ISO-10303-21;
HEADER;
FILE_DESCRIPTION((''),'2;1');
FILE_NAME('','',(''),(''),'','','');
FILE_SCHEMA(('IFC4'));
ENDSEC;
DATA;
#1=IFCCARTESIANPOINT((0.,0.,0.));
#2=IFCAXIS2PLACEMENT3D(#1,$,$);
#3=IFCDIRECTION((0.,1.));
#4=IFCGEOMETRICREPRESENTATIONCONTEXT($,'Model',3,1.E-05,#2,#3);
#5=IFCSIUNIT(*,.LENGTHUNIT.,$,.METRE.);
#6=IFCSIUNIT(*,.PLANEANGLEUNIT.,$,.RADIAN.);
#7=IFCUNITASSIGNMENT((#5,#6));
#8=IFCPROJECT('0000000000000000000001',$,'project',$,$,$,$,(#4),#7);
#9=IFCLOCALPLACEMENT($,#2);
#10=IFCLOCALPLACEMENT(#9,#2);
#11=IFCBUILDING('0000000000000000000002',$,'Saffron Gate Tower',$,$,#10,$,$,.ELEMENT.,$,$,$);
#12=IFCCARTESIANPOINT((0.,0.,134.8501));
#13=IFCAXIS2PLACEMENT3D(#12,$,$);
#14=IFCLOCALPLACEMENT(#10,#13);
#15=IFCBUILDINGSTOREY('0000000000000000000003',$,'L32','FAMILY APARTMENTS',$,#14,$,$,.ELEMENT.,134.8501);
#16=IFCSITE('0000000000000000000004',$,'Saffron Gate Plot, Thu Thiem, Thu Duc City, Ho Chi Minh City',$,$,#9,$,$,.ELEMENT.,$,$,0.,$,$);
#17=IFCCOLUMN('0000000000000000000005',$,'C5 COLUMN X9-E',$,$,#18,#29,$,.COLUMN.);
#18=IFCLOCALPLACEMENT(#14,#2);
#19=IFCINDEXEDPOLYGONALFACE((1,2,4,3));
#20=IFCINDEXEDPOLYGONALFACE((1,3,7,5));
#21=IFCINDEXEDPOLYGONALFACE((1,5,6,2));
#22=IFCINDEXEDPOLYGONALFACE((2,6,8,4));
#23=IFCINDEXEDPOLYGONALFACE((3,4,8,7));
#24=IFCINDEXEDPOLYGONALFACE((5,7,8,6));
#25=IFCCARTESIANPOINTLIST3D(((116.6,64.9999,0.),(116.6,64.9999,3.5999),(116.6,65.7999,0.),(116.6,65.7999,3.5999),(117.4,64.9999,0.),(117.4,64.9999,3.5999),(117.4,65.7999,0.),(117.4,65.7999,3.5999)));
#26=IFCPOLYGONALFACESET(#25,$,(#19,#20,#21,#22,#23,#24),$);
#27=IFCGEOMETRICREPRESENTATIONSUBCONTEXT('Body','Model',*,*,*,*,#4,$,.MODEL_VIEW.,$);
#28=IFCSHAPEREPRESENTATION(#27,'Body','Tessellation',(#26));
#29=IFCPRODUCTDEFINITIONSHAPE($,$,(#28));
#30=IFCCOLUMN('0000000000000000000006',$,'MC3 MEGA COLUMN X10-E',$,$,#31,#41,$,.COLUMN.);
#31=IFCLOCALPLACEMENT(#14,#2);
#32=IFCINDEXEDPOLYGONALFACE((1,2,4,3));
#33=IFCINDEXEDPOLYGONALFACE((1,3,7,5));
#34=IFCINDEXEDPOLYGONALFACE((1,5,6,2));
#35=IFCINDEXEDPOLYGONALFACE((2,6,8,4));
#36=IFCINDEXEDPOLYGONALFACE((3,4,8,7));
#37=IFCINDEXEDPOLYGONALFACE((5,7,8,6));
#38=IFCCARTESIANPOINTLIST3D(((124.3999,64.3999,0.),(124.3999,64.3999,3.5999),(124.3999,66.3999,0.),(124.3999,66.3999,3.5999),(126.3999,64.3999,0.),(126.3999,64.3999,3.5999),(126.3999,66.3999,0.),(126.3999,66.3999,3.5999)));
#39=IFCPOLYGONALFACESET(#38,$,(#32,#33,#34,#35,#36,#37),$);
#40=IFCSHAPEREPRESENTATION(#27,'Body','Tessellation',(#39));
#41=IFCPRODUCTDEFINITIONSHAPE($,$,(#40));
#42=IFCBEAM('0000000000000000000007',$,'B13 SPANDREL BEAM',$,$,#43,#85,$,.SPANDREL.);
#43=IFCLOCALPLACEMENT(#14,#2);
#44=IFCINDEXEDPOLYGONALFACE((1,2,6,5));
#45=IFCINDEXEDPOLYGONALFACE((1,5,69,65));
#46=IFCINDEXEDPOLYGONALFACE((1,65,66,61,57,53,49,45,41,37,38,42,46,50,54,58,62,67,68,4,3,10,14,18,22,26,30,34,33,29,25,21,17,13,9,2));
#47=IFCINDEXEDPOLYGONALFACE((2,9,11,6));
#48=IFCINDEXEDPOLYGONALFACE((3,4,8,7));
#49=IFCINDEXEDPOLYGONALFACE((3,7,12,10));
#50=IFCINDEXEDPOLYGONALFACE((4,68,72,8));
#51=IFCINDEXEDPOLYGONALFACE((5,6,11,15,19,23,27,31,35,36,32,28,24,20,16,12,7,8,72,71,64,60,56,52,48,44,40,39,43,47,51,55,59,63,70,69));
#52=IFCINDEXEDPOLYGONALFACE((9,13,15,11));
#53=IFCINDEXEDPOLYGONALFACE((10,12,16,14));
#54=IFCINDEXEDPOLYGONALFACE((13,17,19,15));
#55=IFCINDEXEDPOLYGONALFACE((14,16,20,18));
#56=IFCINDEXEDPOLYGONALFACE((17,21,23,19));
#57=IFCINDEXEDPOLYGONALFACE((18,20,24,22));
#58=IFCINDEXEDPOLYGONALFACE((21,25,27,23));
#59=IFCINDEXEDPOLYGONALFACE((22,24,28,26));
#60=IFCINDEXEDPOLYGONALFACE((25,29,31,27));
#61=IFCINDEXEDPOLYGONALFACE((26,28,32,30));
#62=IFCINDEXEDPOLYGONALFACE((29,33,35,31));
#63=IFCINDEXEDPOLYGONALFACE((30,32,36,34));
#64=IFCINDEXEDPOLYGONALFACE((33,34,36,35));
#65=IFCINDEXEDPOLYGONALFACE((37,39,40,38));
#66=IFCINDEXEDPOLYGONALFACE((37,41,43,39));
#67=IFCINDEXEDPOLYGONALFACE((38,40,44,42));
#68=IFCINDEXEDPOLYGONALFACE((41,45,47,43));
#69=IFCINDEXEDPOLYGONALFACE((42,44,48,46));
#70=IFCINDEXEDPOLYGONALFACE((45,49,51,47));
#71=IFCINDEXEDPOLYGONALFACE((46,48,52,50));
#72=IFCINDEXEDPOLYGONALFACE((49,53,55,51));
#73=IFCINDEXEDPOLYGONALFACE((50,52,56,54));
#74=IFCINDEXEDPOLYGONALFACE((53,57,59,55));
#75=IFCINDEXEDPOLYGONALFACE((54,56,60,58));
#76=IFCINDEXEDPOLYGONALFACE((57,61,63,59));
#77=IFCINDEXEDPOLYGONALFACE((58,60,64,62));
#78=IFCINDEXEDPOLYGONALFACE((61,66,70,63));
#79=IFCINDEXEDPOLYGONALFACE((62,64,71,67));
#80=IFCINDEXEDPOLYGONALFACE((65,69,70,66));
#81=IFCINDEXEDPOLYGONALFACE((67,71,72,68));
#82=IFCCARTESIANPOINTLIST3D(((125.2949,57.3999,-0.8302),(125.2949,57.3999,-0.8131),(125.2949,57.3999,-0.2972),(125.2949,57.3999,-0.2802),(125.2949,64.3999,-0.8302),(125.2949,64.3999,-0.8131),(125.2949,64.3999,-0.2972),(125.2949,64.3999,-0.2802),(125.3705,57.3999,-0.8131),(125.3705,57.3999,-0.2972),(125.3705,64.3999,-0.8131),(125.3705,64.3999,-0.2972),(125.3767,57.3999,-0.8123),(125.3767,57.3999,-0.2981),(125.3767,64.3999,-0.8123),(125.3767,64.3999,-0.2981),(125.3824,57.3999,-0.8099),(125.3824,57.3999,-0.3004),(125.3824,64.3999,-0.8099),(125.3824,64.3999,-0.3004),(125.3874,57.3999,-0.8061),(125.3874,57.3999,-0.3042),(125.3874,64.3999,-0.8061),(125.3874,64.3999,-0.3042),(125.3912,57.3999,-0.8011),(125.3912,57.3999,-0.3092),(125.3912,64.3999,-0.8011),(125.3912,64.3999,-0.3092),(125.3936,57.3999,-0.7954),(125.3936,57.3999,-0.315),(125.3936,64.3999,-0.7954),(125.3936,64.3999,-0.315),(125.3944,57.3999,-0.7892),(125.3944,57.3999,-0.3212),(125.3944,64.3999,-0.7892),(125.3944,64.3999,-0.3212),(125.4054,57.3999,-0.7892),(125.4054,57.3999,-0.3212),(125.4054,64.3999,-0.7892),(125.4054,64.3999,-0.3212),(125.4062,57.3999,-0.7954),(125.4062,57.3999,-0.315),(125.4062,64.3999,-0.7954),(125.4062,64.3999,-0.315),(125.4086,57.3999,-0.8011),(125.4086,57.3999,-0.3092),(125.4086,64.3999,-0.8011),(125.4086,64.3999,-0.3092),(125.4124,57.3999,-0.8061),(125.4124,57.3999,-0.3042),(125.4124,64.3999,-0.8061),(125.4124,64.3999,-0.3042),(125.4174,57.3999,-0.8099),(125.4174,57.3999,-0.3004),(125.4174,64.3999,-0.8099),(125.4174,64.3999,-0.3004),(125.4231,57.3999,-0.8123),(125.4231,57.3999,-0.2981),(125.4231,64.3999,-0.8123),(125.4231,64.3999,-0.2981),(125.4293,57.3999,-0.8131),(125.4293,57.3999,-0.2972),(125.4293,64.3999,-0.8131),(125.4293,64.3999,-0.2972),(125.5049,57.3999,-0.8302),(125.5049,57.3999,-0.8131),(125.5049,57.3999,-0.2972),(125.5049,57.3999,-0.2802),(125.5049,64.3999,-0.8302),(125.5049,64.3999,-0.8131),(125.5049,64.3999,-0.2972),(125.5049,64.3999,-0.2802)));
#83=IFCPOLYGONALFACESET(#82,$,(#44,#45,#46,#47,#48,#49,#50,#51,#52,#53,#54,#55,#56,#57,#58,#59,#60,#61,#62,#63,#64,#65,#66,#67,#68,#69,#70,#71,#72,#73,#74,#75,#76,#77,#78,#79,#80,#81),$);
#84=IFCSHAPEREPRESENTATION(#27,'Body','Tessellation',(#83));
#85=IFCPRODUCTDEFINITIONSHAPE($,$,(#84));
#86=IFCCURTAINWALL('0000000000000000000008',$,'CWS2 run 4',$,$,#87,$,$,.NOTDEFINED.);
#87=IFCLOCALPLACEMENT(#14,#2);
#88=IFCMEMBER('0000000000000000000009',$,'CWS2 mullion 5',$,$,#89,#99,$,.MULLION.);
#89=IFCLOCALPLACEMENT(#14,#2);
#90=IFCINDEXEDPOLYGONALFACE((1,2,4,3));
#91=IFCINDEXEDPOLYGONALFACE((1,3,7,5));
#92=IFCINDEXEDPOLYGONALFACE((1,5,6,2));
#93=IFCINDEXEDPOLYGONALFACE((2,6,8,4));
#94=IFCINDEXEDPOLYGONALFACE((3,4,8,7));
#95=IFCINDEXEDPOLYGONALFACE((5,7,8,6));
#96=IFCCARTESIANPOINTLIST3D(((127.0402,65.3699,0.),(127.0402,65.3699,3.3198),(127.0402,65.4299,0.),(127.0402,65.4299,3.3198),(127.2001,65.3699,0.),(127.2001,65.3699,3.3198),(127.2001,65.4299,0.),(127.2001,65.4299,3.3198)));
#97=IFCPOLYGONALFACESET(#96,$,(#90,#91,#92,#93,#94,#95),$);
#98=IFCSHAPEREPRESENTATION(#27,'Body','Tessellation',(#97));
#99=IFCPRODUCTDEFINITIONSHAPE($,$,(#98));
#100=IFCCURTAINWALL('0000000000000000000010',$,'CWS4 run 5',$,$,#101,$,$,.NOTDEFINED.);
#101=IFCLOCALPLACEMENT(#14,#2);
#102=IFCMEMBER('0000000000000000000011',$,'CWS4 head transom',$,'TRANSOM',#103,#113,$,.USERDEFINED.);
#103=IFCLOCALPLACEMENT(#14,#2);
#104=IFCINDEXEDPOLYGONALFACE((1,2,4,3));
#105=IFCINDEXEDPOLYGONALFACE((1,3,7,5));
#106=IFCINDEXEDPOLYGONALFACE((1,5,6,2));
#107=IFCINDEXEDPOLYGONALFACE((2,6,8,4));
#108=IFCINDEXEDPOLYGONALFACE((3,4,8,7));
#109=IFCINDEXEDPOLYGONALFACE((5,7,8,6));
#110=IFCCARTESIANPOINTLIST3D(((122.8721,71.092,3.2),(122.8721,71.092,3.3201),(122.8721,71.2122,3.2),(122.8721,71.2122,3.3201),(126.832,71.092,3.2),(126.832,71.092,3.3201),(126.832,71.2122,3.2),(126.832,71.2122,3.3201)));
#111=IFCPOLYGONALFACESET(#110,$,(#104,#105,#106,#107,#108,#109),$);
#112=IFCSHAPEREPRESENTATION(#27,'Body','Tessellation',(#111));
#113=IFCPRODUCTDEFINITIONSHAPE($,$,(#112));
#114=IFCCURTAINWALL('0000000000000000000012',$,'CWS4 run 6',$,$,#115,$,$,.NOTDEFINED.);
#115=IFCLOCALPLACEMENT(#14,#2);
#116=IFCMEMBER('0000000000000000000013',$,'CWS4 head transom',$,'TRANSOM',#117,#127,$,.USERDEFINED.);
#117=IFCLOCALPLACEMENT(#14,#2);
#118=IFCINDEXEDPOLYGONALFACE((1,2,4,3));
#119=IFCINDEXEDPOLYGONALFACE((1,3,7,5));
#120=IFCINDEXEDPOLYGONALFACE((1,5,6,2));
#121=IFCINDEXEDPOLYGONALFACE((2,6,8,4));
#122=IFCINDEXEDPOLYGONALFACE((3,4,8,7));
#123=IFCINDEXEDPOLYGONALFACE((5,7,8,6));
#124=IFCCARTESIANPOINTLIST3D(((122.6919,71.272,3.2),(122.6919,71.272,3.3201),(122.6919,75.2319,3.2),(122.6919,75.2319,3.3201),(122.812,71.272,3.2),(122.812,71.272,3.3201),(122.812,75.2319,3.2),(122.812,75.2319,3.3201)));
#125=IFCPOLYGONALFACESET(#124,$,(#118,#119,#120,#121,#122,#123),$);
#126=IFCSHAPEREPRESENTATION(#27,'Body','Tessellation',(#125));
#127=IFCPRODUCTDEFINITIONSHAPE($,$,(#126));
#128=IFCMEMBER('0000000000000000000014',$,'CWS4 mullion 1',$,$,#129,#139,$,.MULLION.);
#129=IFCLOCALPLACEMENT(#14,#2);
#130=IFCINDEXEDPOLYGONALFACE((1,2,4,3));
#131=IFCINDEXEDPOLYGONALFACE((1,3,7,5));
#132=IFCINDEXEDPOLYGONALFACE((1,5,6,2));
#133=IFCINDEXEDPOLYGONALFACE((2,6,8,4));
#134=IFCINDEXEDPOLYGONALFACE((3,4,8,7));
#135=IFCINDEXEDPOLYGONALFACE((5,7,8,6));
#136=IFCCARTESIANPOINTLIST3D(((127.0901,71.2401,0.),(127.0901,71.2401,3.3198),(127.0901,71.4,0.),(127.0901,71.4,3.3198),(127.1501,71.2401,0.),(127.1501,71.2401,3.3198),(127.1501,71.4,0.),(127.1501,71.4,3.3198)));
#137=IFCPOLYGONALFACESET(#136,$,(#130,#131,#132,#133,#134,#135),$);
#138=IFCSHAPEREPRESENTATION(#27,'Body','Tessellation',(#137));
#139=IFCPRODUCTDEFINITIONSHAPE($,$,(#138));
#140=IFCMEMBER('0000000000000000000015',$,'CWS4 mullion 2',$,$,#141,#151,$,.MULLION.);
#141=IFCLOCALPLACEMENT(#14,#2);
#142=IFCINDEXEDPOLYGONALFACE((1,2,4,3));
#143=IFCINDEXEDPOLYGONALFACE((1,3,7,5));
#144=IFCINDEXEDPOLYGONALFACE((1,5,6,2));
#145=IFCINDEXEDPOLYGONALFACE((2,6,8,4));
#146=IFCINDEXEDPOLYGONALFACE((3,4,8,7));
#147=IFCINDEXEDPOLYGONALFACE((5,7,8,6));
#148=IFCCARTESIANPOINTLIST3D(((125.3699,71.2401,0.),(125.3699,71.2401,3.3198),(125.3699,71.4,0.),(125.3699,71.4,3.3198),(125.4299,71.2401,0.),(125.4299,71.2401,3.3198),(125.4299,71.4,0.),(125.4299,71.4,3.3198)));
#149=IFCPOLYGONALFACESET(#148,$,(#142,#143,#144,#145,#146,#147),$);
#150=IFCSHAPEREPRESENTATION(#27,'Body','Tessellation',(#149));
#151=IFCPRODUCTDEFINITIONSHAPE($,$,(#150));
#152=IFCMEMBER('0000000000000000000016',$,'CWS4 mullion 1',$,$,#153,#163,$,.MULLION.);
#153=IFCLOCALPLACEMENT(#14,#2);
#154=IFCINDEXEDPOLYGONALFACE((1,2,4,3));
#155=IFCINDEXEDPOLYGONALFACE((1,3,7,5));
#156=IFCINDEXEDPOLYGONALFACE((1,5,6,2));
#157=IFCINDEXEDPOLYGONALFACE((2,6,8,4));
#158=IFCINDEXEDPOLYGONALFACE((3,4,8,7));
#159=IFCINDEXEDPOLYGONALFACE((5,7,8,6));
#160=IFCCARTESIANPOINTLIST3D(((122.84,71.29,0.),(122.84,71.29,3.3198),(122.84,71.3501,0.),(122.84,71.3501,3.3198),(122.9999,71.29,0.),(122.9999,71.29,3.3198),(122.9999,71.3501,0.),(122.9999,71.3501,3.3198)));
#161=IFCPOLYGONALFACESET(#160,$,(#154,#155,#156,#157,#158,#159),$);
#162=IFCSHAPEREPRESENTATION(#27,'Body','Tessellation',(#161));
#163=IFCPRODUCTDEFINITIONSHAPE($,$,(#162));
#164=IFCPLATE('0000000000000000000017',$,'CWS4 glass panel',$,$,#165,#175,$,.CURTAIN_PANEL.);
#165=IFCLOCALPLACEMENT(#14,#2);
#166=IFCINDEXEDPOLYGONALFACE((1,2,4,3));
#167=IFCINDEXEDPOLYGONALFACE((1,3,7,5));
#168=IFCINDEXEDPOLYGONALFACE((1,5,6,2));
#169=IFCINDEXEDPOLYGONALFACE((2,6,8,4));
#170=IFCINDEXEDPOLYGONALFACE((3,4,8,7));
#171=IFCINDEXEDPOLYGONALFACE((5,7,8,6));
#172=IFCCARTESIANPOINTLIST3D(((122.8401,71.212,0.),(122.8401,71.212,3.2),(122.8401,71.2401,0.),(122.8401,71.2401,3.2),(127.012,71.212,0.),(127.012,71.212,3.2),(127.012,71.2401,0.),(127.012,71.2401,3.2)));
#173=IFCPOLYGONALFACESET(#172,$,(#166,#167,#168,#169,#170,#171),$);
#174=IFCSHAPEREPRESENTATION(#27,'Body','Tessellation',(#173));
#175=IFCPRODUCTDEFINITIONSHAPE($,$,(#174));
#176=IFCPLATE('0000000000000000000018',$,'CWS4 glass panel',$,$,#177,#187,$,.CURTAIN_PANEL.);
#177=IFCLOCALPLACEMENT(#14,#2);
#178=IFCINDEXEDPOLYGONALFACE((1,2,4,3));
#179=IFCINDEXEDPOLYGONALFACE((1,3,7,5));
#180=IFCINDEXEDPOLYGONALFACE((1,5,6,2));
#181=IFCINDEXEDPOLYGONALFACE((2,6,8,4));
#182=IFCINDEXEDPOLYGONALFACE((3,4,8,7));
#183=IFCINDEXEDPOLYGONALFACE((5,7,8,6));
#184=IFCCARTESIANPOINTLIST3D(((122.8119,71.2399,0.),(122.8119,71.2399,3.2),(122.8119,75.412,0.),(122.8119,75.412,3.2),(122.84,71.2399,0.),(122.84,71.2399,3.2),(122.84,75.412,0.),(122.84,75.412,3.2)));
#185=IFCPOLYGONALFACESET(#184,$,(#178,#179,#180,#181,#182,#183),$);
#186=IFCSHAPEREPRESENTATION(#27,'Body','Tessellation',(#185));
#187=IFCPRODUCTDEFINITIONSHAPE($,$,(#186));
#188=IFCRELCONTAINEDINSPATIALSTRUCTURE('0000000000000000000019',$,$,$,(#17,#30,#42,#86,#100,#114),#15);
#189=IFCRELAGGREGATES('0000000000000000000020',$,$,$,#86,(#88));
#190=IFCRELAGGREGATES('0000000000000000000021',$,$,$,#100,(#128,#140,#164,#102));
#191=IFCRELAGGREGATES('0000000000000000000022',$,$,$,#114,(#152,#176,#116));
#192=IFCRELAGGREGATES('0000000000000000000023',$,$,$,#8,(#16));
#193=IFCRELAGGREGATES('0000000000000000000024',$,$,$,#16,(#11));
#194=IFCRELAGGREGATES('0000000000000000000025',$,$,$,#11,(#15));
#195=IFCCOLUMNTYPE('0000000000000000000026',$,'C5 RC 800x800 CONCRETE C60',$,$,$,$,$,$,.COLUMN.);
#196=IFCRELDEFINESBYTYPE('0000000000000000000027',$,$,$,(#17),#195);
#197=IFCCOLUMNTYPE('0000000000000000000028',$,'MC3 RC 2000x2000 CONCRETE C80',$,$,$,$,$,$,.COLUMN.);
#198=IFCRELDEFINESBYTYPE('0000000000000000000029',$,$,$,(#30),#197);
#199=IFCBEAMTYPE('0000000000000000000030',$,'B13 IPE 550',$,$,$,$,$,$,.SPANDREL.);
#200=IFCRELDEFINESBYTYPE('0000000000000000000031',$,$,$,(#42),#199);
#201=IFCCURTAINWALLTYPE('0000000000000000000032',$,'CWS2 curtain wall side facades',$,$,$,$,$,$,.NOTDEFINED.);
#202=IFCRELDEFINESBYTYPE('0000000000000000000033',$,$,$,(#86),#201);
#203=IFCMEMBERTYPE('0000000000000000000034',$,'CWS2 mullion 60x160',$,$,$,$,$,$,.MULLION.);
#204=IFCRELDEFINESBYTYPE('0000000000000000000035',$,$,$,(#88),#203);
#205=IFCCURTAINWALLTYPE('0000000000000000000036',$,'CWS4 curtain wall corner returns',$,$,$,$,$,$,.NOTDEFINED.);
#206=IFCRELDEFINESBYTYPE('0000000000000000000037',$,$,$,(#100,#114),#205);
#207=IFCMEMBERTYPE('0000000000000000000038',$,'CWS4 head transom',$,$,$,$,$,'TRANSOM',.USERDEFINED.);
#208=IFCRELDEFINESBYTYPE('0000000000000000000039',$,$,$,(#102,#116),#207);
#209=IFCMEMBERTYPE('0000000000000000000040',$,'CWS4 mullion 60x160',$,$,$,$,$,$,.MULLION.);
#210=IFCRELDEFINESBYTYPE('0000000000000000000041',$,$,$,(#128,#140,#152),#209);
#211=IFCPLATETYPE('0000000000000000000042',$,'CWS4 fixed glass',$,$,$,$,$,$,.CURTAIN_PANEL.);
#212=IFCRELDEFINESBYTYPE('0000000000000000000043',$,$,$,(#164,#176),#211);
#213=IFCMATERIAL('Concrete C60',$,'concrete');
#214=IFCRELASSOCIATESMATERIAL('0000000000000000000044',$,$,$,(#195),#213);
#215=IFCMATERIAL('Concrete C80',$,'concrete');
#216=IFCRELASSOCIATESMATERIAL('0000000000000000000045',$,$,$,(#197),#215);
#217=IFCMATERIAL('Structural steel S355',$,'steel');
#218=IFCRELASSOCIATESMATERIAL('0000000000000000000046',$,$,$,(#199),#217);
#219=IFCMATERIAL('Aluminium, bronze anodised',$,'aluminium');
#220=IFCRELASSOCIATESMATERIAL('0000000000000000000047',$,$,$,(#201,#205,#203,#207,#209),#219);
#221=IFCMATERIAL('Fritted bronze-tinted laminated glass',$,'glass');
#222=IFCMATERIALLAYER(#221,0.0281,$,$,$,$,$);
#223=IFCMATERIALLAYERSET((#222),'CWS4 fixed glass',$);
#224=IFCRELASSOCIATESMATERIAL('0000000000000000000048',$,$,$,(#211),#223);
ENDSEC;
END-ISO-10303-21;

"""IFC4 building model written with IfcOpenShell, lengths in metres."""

from ifc_helpers import new_model, si_unit, direction, frame, frame_2d, origin, origin_2d, place, context, subcontext, project, spatial, rectangle, i_section, extrude, material, layer, layer_set, material_profile, profile_set, type_object, element, aggregate, save


model = new_model("IFC4")

# Units and contexts
model_context = context("Model", 3, precision=1e-05, world=origin(), true_north=direction((0.0, 1.0)))
body_context = subcontext(model_context, "Body", "Model", "MODEL_VIEW")
ifc_project = project(units=[si_unit("LENGTHUNIT", "METRE"), si_unit("PLANEANGLEUNIT", "RADIAN")], contexts=[model_context])

# Site, building, storey
site_placement = place(None, origin())
site = spatial("IfcSite", under=ifc_project, at=site_placement, Name="Saffron Gate Plot, Thu Thiem, Thu Duc City, Ho Chi Minh City", CompositionType="ELEMENT", RefElevation=0.0)
building_placement = place(site_placement, origin())
building = spatial("IfcBuilding", under=site, at=building_placement, Name="Saffron Gate Tower", CompositionType="ELEMENT")
storey_placement = place(building_placement, frame((0.0, 0.0, 134.8501)))
storey = spatial("IfcBuildingStorey", under=building, at=storey_placement, Name="L32", Description="FAMILY APARTMENTS", CompositionType="ELEMENT", Elevation=134.8501)

# Columns
ifc_material_1 = material(Name="Concrete C60", Category="concrete")
ifc_material_profile_1 = material_profile(ifc_material_1, rectangle(XDim=0.8, YDim=0.8, at=origin_2d()))
ifc_profile_set_1 = profile_set([ifc_material_profile_1], Name="Concrete C60")
column_type_1 = type_object("IfcColumnType", Name="C5 RC 800x800 CONCRETE C60", PredefinedType="COLUMN", material=ifc_profile_set_1)
column_1_placement = place(storey_placement, frame((117.0, 65.3999, 0.0), z_axis=(0.0, 0.0, 1.0), x_axis=(1.0, 0.0, 0.0)))
element("IfcColumn", 1, at=column_1_placement, inside=storey, type_object=column_type_1, Name="C5 COLUMN X9-E", PredefinedType="COLUMN", context=body_context, shape_type="SweptSolid", body=[
    extrude(rectangle(XDim=0.8, YDim=0.8, at=origin_2d()), origin(), (0.0, 0.0, 1.0), 3.5999),
])
ifc_material_2 = material(Name="Concrete C80", Category="concrete")
ifc_material_profile_2 = material_profile(ifc_material_2, rectangle(XDim=2.0, YDim=2.0, at=origin_2d()))
ifc_profile_set_2 = profile_set([ifc_material_profile_2], Name="Concrete C80")
column_type_2 = type_object("IfcColumnType", Name="MC3 RC 2000x2000 CONCRETE C80", PredefinedType="COLUMN", material=ifc_profile_set_2)
column_2_placement = place(storey_placement, frame((125.3999, 65.3999, 0.0), z_axis=(0.0, 0.0, 1.0), x_axis=(1.0, 0.0, 0.0)))
element("IfcColumn", 2, at=column_2_placement, inside=storey, type_object=column_type_2, Name="MC3 MEGA COLUMN X10-E", PredefinedType="COLUMN", context=body_context, shape_type="SweptSolid", body=[
    extrude(rectangle(XDim=2.0, YDim=2.0, at=origin_2d()), origin(), (0.0, 0.0, 1.0), 3.5999),
])

# Beam
ifc_material_3 = material(Name="Structural steel S355", Category="steel")
ifc_material_profile_3 = material_profile(ifc_material_3, i_section(OverallWidth=0.21, OverallDepth=0.55, WebThickness=0.011, FlangeThickness=0.0171, FilletRadius=0.0239, at=origin_2d()))
ifc_profile_set_3 = profile_set([ifc_material_profile_3], Name="Structural steel S355")
beam_type = type_object("IfcBeamType", Name="B13 IPE 550", PredefinedType="SPANDREL", material=ifc_profile_set_3)
beam_placement = place(storey_placement, frame((125.3999, 57.3999, -0.5552), z_axis=(0.0, 1.0, 0.0), x_axis=(-1.0, 0.0, 0.0)))
element("IfcBeam", 3, at=beam_placement, inside=storey, type_object=beam_type, Name="B13 SPANDREL BEAM", PredefinedType="SPANDREL", context=body_context, shape_type="SweptSolid", body=[
    extrude(i_section(OverallWidth=0.21, OverallDepth=0.55, WebThickness=0.011, FlangeThickness=0.0171, FilletRadius=0.0239, at=origin_2d()), origin(), (0.0, 0.0, 1.0), 7.0),
])

# Curtain walls, members
ifc_material_4 = material(Name="Aluminium, bronze anodised", Category="aluminium")
curtain_wall_type_1 = type_object("IfcCurtainWallType", Name="CWS2 curtain wall side facades", PredefinedType="NOTDEFINED", material=ifc_material_4)
curtain_wall_1_placement = place(storey_placement, origin())
curtain_wall_1 = element("IfcCurtainWall", 4, at=curtain_wall_1_placement, inside=storey, type_object=curtain_wall_type_1, Name="CWS2 run 4", PredefinedType="NOTDEFINED")
ifc_material_profile_4 = material_profile(ifc_material_4, rectangle(XDim=0.1599, YDim=0.0601, at=origin_2d()))
ifc_profile_set_4 = profile_set([ifc_material_profile_4], Name="Aluminium, bronze anodised")
member_type_1 = type_object("IfcMemberType", Name="CWS2 mullion 60x160", PredefinedType="MULLION", material=ifc_profile_set_4)
member_1_placement = place(storey_placement, frame((127.1201, 65.3999, 0.0), z_axis=(0.0, 0.0, 1.0), x_axis=(-1.0, 0.0, 0.0)))
member_1 = element("IfcMember", 5, at=member_1_placement, type_object=member_type_1, Name="CWS2 mullion 5", PredefinedType="MULLION", context=body_context, shape_type="SweptSolid", body=[
    extrude(rectangle(XDim=0.1599, YDim=0.0601, at=origin_2d()), origin(), (0.0, 0.0, 1.0), 3.3198),
])
aggregate(curtain_wall_1, [member_1])
curtain_wall_type_2 = type_object("IfcCurtainWallType", Name="CWS4 curtain wall corner returns", PredefinedType="NOTDEFINED", material=ifc_material_4)
curtain_wall_2_placement = place(storey_placement, origin())
curtain_wall_2 = element("IfcCurtainWall", 6, at=curtain_wall_2_placement, inside=storey, type_object=curtain_wall_type_2, Name="CWS4 run 5", PredefinedType="NOTDEFINED")
ifc_material_profile_5 = material_profile(ifc_material_4, rectangle(XDim=0.1201, YDim=0.1201, at=origin_2d()))
ifc_profile_set_5 = profile_set([ifc_material_profile_5], Name="Aluminium, bronze anodised")
member_type_2 = type_object("IfcMemberType", Name="CWS4 head transom", ElementType="TRANSOM", PredefinedType="USERDEFINED", material=ifc_profile_set_5)
member_2_placement = place(storey_placement, frame((126.832, 71.1521, 3.26), z_axis=(-1.0, 0.0, 0.0), x_axis=(0.0, -1.0, 0.0)))
member_2 = element("IfcMember", 7, at=member_2_placement, type_object=member_type_2, Name="CWS4 head transom", ObjectType="TRANSOM", PredefinedType="USERDEFINED", context=body_context, shape_type="SweptSolid", body=[
    extrude(rectangle(XDim=0.1201, YDim=0.1201, at=origin_2d()), origin(), (0.0, 0.0, 1.0), 3.96),
])
curtain_wall_3_placement = place(storey_placement, origin())
curtain_wall_3 = element("IfcCurtainWall", 8, at=curtain_wall_3_placement, inside=storey, type_object=curtain_wall_type_2, Name="CWS4 run 6", PredefinedType="NOTDEFINED")
member_3_placement = place(storey_placement, frame((122.752, 71.272, 3.26), z_axis=(0.0, 1.0, 0.0), x_axis=(-1.0, 0.0, 0.0)))
member_3 = element("IfcMember", 9, at=member_3_placement, type_object=member_type_2, Name="CWS4 head transom", ObjectType="TRANSOM", PredefinedType="USERDEFINED", context=body_context, shape_type="SweptSolid", body=[
    extrude(rectangle(XDim=0.1201, YDim=0.1201, at=origin_2d()), origin(), (0.0, 0.0, 1.0), 3.96),
])

# Members
ifc_material_profile_6 = material_profile(ifc_material_4, rectangle(XDim=0.1599, YDim=0.0601, at=origin_2d()))
ifc_profile_set_6 = profile_set([ifc_material_profile_6], Name="Aluminium, bronze anodised")
member_type_3 = type_object("IfcMemberType", Name="CWS4 mullion 60x160", PredefinedType="MULLION", material=ifc_profile_set_6)
member_4_placement = place(storey_placement, frame((127.1201, 71.3201, 0.0), z_axis=(0.0, 0.0, 1.0), x_axis=(0.0, -1.0, 0.0)))
member_4 = element("IfcMember", 10, at=member_4_placement, type_object=member_type_3, Name="CWS4 mullion 1", PredefinedType="MULLION", context=body_context, shape_type="SweptSolid", body=[
    extrude(rectangle(XDim=0.1599, YDim=0.0601, at=origin_2d()), origin(), (0.0, 0.0, 1.0), 3.3198),
])
member_5_placement = place(storey_placement, frame((125.3999, 71.3201, 0.0), z_axis=(0.0, 0.0, 1.0), x_axis=(0.0, -1.0, 0.0)))
member_5 = element("IfcMember", 11, at=member_5_placement, type_object=member_type_3, Name="CWS4 mullion 2", PredefinedType="MULLION", context=body_context, shape_type="SweptSolid", body=[
    extrude(rectangle(XDim=0.1599, YDim=0.0601, at=origin_2d()), origin(), (0.0, 0.0, 1.0), 3.3198),
])
member_6_placement = place(storey_placement, frame((122.9199, 71.3201, 0.0), z_axis=(0.0, 0.0, 1.0), x_axis=(-1.0, 0.0, 0.0)))
member_6 = element("IfcMember", 12, at=member_6_placement, type_object=member_type_3, Name="CWS4 mullion 1", PredefinedType="MULLION", context=body_context, shape_type="SweptSolid", body=[
    extrude(rectangle(XDim=0.1599, YDim=0.0601, at=origin_2d()), origin(), (0.0, 0.0, 1.0), 3.3198),
])

# Plates
ifc_material_5 = material(Name="Fritted bronze-tinted laminated glass", Category="glass")
ifc_layer_1 = layer(ifc_material_5, 0.0281)
ifc_layer_set_1 = layer_set([ifc_layer_1], Name="CWS4 fixed glass")
plate_type = type_object("IfcPlateType", Name="CWS4 fixed glass", PredefinedType="CURTAIN_PANEL", material=ifc_layer_set_1)
plate_1_placement = place(storey_placement, frame((127.012, 71.2261, 0.0), z_axis=(0.0, 0.0, 1.0), x_axis=(-1.0, 0.0, 0.0)))
plate_1 = element("IfcPlate", 13, at=plate_1_placement, type_object=plate_type, Name="CWS4 glass panel", PredefinedType="CURTAIN_PANEL", context=body_context, shape_type="SweptSolid", body=[
    extrude(rectangle(XDim=4.1719, YDim=0.0281, at=frame_2d((2.0859, 0.0))), origin(), (0.0, 0.0, 1.0), 3.2),
])
aggregate(curtain_wall_2, [member_4, member_5, plate_1, member_2])
plate_2_placement = place(storey_placement, frame((122.8259, 71.24, 0.0), z_axis=(0.0, 0.0, 1.0), x_axis=(0.0, 1.0, 0.0)))
plate_2 = element("IfcPlate", 14, at=plate_2_placement, type_object=plate_type, Name="CWS4 glass panel", PredefinedType="CURTAIN_PANEL", context=body_context, shape_type="SweptSolid", body=[
    extrude(rectangle(XDim=4.1721, YDim=0.0281, at=frame_2d((2.0859, 0.0))), origin(), (0.0, 0.0, 1.0), 3.2),
])
aggregate(curtain_wall_3, [member_6, plate_2, member_3])

save(model, "model.ifc")
